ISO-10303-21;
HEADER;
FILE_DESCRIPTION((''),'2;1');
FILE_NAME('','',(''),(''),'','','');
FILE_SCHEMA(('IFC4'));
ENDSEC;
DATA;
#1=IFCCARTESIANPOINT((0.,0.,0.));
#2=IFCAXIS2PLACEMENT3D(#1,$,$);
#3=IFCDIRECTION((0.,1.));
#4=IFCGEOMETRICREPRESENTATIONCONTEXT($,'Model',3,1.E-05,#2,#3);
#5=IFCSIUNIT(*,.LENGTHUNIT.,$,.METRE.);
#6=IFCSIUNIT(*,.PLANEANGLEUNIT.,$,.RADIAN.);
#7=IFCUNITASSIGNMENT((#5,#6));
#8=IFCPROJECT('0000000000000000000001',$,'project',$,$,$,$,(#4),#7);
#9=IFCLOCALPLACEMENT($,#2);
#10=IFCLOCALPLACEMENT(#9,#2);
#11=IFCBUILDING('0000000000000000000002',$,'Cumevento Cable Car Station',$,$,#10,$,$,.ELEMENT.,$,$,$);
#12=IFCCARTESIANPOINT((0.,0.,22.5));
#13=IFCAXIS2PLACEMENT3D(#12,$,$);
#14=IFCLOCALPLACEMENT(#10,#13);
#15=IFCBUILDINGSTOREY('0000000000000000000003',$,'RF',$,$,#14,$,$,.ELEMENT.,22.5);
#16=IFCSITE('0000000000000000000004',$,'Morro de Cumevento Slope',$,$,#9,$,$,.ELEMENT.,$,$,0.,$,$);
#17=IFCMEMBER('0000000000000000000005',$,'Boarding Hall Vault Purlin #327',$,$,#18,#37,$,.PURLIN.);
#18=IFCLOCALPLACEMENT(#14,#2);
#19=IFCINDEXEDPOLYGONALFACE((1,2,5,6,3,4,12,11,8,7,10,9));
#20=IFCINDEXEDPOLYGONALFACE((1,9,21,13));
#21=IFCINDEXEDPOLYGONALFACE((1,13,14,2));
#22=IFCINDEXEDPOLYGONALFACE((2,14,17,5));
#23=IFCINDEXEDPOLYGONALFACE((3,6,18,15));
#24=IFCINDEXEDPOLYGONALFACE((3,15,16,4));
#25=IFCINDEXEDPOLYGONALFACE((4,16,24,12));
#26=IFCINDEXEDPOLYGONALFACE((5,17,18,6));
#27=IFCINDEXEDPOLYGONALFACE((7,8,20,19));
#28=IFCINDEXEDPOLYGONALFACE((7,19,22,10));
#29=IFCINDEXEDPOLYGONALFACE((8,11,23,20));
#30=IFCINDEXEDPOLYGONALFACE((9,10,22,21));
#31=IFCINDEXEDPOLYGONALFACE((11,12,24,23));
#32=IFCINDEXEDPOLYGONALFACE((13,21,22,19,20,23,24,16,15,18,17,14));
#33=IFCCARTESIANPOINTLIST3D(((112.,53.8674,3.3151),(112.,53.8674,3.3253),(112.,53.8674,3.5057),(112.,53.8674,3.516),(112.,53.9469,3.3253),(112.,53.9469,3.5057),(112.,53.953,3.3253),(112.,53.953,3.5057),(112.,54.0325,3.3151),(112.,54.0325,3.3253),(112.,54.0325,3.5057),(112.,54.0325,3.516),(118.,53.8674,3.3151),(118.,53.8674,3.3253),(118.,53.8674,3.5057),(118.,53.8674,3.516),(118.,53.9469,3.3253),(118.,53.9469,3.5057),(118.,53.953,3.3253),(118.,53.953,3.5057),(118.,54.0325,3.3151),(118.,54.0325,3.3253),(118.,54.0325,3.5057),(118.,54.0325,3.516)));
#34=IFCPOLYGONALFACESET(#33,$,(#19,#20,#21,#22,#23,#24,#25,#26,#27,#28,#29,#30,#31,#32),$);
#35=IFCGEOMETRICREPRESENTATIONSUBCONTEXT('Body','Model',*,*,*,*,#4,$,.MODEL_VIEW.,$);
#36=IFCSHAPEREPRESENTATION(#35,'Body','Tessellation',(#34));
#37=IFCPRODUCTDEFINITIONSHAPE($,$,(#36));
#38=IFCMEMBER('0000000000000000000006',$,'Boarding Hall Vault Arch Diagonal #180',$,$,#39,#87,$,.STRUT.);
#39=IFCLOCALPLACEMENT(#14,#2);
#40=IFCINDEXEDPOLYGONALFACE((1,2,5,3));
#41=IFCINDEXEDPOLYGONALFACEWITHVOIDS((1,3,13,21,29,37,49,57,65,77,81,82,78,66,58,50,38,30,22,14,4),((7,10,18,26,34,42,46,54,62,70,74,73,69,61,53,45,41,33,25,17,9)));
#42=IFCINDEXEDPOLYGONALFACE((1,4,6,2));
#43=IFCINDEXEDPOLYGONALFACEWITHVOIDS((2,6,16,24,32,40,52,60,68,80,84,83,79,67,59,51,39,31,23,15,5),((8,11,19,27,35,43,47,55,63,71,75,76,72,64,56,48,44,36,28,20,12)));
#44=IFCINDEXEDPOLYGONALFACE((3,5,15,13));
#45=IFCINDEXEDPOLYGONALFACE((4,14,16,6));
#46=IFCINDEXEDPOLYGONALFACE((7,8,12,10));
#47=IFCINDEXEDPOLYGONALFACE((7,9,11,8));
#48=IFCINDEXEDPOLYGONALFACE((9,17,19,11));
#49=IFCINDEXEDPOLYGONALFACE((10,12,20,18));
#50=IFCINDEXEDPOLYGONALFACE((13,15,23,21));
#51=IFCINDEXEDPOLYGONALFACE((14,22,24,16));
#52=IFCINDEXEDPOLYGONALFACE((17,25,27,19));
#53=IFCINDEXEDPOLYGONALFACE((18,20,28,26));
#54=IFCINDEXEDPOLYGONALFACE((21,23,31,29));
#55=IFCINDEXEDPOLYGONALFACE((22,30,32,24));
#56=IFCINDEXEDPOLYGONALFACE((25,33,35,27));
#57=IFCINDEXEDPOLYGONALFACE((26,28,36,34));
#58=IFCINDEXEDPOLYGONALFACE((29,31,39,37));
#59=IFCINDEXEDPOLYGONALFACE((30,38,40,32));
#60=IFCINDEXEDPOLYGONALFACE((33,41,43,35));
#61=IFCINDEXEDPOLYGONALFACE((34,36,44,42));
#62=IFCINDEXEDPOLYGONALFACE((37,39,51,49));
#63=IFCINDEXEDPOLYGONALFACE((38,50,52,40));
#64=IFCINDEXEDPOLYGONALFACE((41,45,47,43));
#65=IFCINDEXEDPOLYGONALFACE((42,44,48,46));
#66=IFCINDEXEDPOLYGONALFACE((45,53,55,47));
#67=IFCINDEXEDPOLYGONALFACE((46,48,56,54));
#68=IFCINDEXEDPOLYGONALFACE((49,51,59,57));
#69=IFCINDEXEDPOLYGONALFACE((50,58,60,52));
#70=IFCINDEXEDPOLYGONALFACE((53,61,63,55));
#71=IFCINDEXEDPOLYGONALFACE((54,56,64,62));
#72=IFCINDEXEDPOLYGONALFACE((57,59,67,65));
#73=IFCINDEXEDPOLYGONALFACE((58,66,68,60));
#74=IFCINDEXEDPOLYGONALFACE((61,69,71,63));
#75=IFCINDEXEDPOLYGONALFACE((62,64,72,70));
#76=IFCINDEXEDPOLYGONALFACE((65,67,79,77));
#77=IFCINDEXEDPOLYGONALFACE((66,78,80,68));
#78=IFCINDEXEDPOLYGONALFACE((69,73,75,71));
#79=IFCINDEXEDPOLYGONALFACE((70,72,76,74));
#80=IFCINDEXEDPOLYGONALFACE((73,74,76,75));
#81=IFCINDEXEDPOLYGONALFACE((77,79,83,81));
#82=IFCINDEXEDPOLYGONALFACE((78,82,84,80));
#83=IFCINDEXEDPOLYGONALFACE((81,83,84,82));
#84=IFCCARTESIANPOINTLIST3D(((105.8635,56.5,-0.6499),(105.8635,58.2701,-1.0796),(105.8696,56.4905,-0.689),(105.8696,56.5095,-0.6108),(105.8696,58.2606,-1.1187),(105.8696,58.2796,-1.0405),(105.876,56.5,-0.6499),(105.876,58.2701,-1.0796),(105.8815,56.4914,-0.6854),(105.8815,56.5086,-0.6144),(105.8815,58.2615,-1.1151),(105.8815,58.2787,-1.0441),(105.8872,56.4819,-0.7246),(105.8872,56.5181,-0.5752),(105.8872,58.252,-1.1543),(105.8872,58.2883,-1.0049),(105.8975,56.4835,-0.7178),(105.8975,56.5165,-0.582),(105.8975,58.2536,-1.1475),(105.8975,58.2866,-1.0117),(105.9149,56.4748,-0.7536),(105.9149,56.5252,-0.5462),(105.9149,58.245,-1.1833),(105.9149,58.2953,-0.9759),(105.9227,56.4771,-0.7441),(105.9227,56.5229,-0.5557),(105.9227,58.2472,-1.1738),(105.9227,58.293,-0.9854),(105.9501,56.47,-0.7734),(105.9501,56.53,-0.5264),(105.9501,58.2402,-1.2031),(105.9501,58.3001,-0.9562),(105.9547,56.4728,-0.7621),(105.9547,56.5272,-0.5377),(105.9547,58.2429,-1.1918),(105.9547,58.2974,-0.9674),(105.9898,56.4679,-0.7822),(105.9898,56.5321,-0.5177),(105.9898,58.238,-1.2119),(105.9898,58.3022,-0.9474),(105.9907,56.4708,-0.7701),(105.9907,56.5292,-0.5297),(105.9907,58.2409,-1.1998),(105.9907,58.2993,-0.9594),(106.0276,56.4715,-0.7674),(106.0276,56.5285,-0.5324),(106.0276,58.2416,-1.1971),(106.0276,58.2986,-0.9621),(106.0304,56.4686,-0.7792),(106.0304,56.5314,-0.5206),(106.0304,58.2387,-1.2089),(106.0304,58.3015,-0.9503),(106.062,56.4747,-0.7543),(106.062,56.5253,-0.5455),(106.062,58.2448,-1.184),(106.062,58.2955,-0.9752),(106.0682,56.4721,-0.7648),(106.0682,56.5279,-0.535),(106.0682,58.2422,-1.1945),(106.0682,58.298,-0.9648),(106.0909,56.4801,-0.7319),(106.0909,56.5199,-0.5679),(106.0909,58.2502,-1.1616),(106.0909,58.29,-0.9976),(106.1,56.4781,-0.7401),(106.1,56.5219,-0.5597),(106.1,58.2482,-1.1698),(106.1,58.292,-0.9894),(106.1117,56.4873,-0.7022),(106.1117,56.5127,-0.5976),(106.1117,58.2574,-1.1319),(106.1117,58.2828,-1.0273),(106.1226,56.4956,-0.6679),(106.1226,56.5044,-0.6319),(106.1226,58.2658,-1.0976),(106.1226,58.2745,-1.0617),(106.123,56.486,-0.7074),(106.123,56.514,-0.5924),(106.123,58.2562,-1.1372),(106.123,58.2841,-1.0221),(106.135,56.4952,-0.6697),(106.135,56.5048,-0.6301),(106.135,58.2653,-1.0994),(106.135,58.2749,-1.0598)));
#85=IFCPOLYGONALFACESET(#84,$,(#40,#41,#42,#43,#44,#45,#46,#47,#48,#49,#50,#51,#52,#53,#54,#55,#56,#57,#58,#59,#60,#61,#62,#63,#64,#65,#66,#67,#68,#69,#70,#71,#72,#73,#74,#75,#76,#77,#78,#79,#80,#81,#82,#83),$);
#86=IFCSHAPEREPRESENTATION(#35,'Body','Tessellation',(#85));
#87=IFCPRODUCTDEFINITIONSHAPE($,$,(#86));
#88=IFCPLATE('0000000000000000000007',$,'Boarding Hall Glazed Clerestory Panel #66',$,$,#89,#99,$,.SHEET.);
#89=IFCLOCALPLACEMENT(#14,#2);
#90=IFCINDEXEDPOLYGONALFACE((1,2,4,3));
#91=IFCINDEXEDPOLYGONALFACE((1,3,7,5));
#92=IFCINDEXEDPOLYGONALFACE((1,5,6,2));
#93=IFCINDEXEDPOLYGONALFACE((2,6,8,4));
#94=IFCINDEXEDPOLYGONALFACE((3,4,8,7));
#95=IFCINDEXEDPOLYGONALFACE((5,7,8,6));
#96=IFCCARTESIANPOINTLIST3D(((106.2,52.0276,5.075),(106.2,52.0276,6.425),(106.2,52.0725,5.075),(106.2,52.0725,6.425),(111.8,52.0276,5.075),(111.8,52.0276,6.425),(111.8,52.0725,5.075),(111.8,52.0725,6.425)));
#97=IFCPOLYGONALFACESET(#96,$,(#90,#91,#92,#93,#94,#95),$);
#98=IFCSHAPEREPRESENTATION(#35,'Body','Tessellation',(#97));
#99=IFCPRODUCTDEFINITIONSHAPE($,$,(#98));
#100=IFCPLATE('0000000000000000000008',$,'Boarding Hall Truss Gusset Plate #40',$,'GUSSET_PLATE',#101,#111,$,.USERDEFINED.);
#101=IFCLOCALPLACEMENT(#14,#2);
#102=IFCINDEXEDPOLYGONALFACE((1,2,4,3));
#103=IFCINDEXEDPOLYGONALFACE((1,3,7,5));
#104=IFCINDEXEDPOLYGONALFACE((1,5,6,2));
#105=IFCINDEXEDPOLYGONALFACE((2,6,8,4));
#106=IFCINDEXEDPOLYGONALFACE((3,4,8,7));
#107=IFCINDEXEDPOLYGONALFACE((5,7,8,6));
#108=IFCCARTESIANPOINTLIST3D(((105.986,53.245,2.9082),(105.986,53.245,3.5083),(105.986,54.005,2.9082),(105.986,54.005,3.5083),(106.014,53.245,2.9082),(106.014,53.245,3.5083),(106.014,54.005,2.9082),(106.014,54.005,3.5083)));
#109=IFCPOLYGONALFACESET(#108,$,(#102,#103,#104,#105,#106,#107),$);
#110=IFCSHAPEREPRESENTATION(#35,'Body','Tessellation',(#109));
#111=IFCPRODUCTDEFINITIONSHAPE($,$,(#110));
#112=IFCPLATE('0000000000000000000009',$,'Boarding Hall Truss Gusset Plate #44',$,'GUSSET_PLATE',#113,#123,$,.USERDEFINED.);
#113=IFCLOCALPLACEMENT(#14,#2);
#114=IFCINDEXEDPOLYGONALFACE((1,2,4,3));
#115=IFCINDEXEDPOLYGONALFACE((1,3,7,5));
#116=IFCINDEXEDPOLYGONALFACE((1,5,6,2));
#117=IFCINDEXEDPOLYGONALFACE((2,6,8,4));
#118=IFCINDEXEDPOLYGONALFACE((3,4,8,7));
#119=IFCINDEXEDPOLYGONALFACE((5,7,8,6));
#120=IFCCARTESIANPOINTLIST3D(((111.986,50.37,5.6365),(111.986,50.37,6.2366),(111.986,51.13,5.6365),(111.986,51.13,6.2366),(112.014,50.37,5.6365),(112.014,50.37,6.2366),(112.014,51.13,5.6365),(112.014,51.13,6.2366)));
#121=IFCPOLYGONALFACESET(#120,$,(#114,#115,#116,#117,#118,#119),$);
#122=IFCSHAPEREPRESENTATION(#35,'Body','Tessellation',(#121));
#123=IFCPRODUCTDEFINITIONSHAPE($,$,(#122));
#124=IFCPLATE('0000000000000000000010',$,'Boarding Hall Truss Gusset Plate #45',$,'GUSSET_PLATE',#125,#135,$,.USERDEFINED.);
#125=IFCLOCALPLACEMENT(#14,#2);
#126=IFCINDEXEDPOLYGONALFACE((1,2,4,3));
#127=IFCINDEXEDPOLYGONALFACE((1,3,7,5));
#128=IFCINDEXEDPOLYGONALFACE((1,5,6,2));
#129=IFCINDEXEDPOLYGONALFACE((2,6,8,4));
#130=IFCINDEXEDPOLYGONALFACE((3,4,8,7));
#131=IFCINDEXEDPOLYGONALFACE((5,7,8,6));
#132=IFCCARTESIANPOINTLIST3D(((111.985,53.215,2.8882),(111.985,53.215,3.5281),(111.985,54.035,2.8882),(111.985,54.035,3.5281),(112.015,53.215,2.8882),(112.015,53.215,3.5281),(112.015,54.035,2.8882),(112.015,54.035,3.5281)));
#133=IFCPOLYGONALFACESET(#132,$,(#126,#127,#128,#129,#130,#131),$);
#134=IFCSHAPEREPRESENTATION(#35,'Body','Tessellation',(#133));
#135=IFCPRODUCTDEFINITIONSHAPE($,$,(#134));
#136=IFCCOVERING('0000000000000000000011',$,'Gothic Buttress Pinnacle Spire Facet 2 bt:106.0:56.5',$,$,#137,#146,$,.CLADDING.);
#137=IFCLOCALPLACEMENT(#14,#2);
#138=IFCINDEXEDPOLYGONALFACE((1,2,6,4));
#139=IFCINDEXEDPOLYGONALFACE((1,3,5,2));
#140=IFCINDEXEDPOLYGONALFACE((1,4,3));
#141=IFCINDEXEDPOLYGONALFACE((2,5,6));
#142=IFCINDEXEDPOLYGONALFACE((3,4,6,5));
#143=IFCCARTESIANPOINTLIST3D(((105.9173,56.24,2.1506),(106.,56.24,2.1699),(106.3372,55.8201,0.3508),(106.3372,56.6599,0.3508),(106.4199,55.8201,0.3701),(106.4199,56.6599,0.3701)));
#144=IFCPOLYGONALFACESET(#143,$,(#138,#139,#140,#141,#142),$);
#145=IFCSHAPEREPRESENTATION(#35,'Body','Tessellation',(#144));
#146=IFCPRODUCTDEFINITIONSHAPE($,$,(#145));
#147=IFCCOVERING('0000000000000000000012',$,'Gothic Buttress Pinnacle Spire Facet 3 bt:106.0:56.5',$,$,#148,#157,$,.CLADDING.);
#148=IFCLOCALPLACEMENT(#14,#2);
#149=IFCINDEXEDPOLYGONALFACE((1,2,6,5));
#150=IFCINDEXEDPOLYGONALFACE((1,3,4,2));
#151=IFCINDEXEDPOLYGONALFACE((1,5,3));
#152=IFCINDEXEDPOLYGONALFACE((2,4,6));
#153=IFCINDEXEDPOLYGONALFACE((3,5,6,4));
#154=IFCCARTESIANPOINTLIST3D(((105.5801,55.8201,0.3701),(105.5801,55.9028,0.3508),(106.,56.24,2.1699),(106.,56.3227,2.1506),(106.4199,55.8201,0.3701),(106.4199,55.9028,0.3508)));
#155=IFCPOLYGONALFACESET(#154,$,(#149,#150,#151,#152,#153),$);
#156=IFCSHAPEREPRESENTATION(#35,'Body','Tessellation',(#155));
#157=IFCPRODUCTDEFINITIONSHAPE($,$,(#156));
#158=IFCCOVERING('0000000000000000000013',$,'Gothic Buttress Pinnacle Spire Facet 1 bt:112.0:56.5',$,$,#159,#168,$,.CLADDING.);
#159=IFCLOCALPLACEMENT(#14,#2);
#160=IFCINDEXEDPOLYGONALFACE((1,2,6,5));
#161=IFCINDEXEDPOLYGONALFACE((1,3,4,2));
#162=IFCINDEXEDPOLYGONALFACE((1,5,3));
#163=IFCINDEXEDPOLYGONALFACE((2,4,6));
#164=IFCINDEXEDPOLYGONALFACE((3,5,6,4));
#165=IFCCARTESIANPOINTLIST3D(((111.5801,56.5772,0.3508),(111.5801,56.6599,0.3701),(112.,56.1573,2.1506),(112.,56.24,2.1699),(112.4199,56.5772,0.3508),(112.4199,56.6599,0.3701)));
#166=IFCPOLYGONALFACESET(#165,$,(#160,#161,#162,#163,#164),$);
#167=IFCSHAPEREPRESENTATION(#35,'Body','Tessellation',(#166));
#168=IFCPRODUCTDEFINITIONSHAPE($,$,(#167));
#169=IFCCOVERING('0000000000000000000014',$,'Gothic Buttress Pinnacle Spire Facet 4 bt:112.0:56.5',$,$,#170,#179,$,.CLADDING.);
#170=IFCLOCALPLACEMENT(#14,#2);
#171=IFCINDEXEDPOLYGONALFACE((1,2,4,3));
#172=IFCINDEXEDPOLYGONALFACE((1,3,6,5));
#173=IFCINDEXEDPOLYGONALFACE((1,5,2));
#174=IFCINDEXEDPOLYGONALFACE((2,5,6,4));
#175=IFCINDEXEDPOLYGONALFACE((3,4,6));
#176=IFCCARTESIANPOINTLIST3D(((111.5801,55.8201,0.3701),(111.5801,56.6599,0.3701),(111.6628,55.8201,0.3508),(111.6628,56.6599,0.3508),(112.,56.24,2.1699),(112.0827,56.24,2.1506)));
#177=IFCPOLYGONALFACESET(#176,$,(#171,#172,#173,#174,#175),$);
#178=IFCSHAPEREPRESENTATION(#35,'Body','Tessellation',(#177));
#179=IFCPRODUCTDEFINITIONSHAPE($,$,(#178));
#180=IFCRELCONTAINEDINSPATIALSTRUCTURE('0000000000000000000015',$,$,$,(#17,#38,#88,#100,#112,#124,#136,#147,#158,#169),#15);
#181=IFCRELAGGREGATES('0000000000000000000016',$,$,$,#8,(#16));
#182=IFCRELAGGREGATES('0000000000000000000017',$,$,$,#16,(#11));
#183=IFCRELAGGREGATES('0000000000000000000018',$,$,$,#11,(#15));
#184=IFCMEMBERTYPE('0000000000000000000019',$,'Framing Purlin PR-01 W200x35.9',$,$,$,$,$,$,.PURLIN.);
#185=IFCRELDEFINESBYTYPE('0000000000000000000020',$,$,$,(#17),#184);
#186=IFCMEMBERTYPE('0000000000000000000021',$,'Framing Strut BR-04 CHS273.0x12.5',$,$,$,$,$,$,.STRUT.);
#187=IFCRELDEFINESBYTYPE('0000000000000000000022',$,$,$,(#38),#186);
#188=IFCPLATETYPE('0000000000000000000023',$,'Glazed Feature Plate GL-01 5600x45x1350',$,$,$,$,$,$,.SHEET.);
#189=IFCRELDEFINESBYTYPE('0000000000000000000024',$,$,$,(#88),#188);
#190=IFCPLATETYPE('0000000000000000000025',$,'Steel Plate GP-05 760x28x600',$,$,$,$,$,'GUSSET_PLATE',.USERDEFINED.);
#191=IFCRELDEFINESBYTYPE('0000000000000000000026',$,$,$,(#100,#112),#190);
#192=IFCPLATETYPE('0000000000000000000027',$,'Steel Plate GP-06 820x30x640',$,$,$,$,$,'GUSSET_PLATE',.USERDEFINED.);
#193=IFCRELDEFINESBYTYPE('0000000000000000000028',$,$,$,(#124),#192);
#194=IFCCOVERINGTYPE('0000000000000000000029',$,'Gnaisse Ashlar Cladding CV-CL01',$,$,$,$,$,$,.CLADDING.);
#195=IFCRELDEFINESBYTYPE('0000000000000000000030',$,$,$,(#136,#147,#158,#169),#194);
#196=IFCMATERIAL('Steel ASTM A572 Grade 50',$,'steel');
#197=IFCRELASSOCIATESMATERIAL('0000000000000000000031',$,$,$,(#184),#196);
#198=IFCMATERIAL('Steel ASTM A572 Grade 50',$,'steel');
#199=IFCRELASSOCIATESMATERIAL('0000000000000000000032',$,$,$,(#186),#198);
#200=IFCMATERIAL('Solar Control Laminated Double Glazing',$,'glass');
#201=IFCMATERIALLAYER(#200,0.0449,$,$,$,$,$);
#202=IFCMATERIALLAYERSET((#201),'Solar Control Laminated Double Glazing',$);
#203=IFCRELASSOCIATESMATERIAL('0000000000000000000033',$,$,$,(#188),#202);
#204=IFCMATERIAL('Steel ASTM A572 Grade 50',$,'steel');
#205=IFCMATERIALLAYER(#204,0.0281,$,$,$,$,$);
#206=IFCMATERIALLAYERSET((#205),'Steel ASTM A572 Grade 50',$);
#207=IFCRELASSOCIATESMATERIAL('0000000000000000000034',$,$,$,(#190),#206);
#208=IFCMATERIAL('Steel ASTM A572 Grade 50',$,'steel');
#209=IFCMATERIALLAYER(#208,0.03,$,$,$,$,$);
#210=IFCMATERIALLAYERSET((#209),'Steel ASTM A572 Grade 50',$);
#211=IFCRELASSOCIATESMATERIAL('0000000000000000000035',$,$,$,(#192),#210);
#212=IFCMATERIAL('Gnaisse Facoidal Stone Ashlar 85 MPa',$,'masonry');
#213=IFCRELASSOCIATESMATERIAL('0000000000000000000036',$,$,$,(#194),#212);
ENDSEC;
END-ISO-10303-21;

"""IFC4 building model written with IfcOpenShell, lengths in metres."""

from ifc_helpers import new_model, si_unit, direction, frame, origin, origin_2d, place, context, subcontext, project, spatial, polyline, rectangle, hollow_circle, i_section, outline, extrude, material, layer, layer_set, material_profile, profile_set, type_object, element, save


model = new_model("IFC4")

# Units and contexts
model_context = context("Model", 3, precision=1e-05, world=origin(), true_north=direction((0.0, 1.0)))
body_context = subcontext(model_context, "Body", "Model", "MODEL_VIEW")
ifc_project = project(units=[si_unit("LENGTHUNIT", "METRE"), si_unit("PLANEANGLEUNIT", "RADIAN")], contexts=[model_context])

# Site, building, storey
site_placement = place(None, origin())
site = spatial("IfcSite", under=ifc_project, at=site_placement, Name="Morro de Cumevento Slope", CompositionType="ELEMENT", RefElevation=0.0)
building_placement = place(site_placement, origin())
building = spatial("IfcBuilding", under=site, at=building_placement, Name="Cumevento Cable Car Station", CompositionType="ELEMENT")
storey_placement = place(building_placement, frame((0.0, 0.0, 22.5)))
storey = spatial("IfcBuildingStorey", under=building, at=storey_placement, Name="RF", CompositionType="ELEMENT", Elevation=22.5)

# Members
ifc_material_1 = material(Name="Steel ASTM A572 Grade 50", Category="steel")
ifc_material_profile_1 = material_profile(ifc_material_1, i_section(OverallWidth=0.165, OverallDepth=0.2009, WebThickness=0.0061, FlangeThickness=0.0103, at=origin_2d()), Name="W200x35.9")
ifc_profile_set_1 = profile_set([ifc_material_profile_1], Name="Steel ASTM A572 Grade 50")
member_type_1 = type_object("IfcMemberType", Name="Framing Purlin PR-01 W200x35.9", PredefinedType="PURLIN", material=ifc_profile_set_1)
for number, where, z_axis, x_axis, name in (
    (1, (112.0, 53.95, 3.4155), (1.0, 0.0, 0.0), (0.0, 1.0, 0.0), "Boarding Hall Vault Purlin #327"),
):
    element("IfcMember", number, at=place(storey_placement, frame(where, z_axis=z_axis, x_axis=x_axis)), inside=storey, type_object=member_type_1, Name=name, PredefinedType="PURLIN", context=body_context, shape_type="SweptSolid", body=[
        extrude(i_section(OverallWidth=0.165, OverallDepth=0.2009, WebThickness=0.0061, FlangeThickness=0.0103, at=origin_2d()), origin(), (0.0, 0.0, 1.0), 6.0),
    ])
ifc_material_2 = material(Name="Steel ASTM A572 Grade 50", Category="steel")
ifc_material_profile_2 = material_profile(ifc_material_2, hollow_circle(Radius=0.1365, WallThickness=0.0125, at=origin_2d()), Name="CHS273.0x12.5")
ifc_profile_set_2 = profile_set([ifc_material_profile_2], Name="Steel ASTM A572 Grade 50")
member_type_2 = type_object("IfcMemberType", Name="Framing Strut BR-04 CHS273.0x12.5", PredefinedType="STRUT", material=ifc_profile_set_2)
member_1_placement = place(storey_placement, frame((106.0, 56.5, -0.6499), z_axis=(0.0, 0.971776, -0.235907), x_axis=(-1.0, 0.0, 0.0)))
element("IfcMember", 2, at=member_1_placement, inside=storey, type_object=member_type_2, Name="Boarding Hall Vault Arch Diagonal #180", PredefinedType="STRUT", context=body_context, shape_type="SweptSolid", body=[
    extrude(hollow_circle(Radius=0.1365, WallThickness=0.0125, at=origin_2d()), origin(), (0.0, 0.0, 1.0), 1.8215),
])

# Plates
ifc_material_3 = material(Name="Solar Control Laminated Double Glazing", Category="glass")
ifc_layer_1 = layer(ifc_material_3, 0.0449)
ifc_layer_set_1 = layer_set([ifc_layer_1], Name="Solar Control Laminated Double Glazing")
plate_type_1 = type_object("IfcPlateType", Name="Glazed Feature Plate GL-01 5600x45x1350", PredefinedType="SHEET", material=ifc_layer_set_1)
plate_1_placement = place(storey_placement, frame((109.0, 52.05, 5.075), z_axis=(0.0, 0.0, 1.0), x_axis=(1.0, 0.0, 0.0)))
element("IfcPlate", 3, at=plate_1_placement, inside=storey, type_object=plate_type_1, Name="Boarding Hall Glazed Clerestory Panel #66", PredefinedType="SHEET", context=body_context, shape_type="SweptSolid", body=[
    extrude(rectangle(XDim=5.6001, YDim=0.0449, at=origin_2d()), origin(), (0.0, 0.0, 1.0), 1.3501),
])
ifc_material_4 = material(Name="Steel ASTM A572 Grade 50", Category="steel")
ifc_layer_2 = layer(ifc_material_4, 0.0281)
ifc_layer_set_2 = layer_set([ifc_layer_2], Name="Steel ASTM A572 Grade 50")
plate_type_2 = type_object("IfcPlateType", Name="Steel Plate GP-05 760x28x600", ElementType="GUSSET_PLATE", PredefinedType="USERDEFINED", material=ifc_layer_set_2)
for number, where, z_axis, x_axis, name in (
    (4, (106.0, 53.625, 2.9082), (0.0, 0.0, 1.0), (0.0, 1.0, 0.0), "Boarding Hall Truss Gusset Plate #40"),
    (5, (112.0, 50.75, 5.6365), (0.0, 0.0, 1.0), (0.0, 1.0, 0.0), "Boarding Hall Truss Gusset Plate #44"),
):
    element("IfcPlate", number, at=place(storey_placement, frame(where, z_axis=z_axis, x_axis=x_axis)), inside=storey, type_object=plate_type_2, Name=name, ObjectType="GUSSET_PLATE", PredefinedType="USERDEFINED", context=body_context, shape_type="SweptSolid", body=[
        extrude(rectangle(XDim=0.76, YDim=0.0281, at=origin_2d()), origin(), (0.0, 0.0, 1.0), 0.6001),
    ])
ifc_material_5 = material(Name="Steel ASTM A572 Grade 50", Category="steel")
ifc_layer_3 = layer(ifc_material_5, 0.03)
ifc_layer_set_3 = layer_set([ifc_layer_3], Name="Steel ASTM A572 Grade 50")
plate_type_3 = type_object("IfcPlateType", Name="Steel Plate GP-06 820x30x640", ElementType="GUSSET_PLATE", PredefinedType="USERDEFINED", material=ifc_layer_set_3)
plate_2_placement = place(storey_placement, frame((112.0, 53.625, 2.8882), z_axis=(0.0, 0.0, 1.0), x_axis=(0.0, 1.0, 0.0)))
element("IfcPlate", 6, at=plate_2_placement, inside=storey, type_object=plate_type_3, Name="Boarding Hall Truss Gusset Plate #45", ObjectType="GUSSET_PLATE", PredefinedType="USERDEFINED", context=body_context, shape_type="SweptSolid", body=[
    extrude(rectangle(XDim=0.8201, YDim=0.03, at=origin_2d()), origin(), (0.0, 0.0, 1.0), 0.6399),
])

# Coverings
ifc_material_6 = material(Name="Gnaisse Facoidal Stone Ashlar 85 MPa", Category="masonry")
covering_type = type_object("IfcCoveringType", Name="Gnaisse Ashlar Cladding CV-CL01", PredefinedType="CLADDING", material=ifc_material_6)
for number, where, z_axis, x_axis, name in (
    (7, (106.4199, 56.6599, 0.3701), (0.973845, 0.0, 0.227213), (0.0, -1.0, 0.0), "Gothic Buttress Pinnacle Spire Facet 2 bt:106.0:56.5"),
    (8, (106.4199, 55.8201, 0.3701), (0.0, -0.973845, 0.227213), (-1.0, 0.0, 0.0), "Gothic Buttress Pinnacle Spire Facet 3 bt:106.0:56.5"),
    (9, (111.5801, 56.6599, 0.3701), (0.0, 0.973845, 0.227213), (1.0, 0.0, 0.0), "Gothic Buttress Pinnacle Spire Facet 1 bt:112.0:56.5"),
    (10, (111.5801, 55.8201, 0.3701), (-0.973845, 0.0, 0.227213), (0.0, 1.0, 0.0), "Gothic Buttress Pinnacle Spire Facet 4 bt:112.0:56.5"),
):
    element("IfcCovering", number, at=place(storey_placement, frame(where, z_axis=z_axis, x_axis=x_axis)), inside=storey, type_object=covering_type, Name=name, PredefinedType="CLADDING", context=body_context, shape_type="SweptSolid", body=[
        extrude(outline(polyline([(0.0, 0.0), (0.8398, 0.0), (0.4199, -1.8481), (0.0, 0.0)])), origin(), (0.0, 0.0, -1.0), 0.085),
    ])

save(model, "model.ifc")
